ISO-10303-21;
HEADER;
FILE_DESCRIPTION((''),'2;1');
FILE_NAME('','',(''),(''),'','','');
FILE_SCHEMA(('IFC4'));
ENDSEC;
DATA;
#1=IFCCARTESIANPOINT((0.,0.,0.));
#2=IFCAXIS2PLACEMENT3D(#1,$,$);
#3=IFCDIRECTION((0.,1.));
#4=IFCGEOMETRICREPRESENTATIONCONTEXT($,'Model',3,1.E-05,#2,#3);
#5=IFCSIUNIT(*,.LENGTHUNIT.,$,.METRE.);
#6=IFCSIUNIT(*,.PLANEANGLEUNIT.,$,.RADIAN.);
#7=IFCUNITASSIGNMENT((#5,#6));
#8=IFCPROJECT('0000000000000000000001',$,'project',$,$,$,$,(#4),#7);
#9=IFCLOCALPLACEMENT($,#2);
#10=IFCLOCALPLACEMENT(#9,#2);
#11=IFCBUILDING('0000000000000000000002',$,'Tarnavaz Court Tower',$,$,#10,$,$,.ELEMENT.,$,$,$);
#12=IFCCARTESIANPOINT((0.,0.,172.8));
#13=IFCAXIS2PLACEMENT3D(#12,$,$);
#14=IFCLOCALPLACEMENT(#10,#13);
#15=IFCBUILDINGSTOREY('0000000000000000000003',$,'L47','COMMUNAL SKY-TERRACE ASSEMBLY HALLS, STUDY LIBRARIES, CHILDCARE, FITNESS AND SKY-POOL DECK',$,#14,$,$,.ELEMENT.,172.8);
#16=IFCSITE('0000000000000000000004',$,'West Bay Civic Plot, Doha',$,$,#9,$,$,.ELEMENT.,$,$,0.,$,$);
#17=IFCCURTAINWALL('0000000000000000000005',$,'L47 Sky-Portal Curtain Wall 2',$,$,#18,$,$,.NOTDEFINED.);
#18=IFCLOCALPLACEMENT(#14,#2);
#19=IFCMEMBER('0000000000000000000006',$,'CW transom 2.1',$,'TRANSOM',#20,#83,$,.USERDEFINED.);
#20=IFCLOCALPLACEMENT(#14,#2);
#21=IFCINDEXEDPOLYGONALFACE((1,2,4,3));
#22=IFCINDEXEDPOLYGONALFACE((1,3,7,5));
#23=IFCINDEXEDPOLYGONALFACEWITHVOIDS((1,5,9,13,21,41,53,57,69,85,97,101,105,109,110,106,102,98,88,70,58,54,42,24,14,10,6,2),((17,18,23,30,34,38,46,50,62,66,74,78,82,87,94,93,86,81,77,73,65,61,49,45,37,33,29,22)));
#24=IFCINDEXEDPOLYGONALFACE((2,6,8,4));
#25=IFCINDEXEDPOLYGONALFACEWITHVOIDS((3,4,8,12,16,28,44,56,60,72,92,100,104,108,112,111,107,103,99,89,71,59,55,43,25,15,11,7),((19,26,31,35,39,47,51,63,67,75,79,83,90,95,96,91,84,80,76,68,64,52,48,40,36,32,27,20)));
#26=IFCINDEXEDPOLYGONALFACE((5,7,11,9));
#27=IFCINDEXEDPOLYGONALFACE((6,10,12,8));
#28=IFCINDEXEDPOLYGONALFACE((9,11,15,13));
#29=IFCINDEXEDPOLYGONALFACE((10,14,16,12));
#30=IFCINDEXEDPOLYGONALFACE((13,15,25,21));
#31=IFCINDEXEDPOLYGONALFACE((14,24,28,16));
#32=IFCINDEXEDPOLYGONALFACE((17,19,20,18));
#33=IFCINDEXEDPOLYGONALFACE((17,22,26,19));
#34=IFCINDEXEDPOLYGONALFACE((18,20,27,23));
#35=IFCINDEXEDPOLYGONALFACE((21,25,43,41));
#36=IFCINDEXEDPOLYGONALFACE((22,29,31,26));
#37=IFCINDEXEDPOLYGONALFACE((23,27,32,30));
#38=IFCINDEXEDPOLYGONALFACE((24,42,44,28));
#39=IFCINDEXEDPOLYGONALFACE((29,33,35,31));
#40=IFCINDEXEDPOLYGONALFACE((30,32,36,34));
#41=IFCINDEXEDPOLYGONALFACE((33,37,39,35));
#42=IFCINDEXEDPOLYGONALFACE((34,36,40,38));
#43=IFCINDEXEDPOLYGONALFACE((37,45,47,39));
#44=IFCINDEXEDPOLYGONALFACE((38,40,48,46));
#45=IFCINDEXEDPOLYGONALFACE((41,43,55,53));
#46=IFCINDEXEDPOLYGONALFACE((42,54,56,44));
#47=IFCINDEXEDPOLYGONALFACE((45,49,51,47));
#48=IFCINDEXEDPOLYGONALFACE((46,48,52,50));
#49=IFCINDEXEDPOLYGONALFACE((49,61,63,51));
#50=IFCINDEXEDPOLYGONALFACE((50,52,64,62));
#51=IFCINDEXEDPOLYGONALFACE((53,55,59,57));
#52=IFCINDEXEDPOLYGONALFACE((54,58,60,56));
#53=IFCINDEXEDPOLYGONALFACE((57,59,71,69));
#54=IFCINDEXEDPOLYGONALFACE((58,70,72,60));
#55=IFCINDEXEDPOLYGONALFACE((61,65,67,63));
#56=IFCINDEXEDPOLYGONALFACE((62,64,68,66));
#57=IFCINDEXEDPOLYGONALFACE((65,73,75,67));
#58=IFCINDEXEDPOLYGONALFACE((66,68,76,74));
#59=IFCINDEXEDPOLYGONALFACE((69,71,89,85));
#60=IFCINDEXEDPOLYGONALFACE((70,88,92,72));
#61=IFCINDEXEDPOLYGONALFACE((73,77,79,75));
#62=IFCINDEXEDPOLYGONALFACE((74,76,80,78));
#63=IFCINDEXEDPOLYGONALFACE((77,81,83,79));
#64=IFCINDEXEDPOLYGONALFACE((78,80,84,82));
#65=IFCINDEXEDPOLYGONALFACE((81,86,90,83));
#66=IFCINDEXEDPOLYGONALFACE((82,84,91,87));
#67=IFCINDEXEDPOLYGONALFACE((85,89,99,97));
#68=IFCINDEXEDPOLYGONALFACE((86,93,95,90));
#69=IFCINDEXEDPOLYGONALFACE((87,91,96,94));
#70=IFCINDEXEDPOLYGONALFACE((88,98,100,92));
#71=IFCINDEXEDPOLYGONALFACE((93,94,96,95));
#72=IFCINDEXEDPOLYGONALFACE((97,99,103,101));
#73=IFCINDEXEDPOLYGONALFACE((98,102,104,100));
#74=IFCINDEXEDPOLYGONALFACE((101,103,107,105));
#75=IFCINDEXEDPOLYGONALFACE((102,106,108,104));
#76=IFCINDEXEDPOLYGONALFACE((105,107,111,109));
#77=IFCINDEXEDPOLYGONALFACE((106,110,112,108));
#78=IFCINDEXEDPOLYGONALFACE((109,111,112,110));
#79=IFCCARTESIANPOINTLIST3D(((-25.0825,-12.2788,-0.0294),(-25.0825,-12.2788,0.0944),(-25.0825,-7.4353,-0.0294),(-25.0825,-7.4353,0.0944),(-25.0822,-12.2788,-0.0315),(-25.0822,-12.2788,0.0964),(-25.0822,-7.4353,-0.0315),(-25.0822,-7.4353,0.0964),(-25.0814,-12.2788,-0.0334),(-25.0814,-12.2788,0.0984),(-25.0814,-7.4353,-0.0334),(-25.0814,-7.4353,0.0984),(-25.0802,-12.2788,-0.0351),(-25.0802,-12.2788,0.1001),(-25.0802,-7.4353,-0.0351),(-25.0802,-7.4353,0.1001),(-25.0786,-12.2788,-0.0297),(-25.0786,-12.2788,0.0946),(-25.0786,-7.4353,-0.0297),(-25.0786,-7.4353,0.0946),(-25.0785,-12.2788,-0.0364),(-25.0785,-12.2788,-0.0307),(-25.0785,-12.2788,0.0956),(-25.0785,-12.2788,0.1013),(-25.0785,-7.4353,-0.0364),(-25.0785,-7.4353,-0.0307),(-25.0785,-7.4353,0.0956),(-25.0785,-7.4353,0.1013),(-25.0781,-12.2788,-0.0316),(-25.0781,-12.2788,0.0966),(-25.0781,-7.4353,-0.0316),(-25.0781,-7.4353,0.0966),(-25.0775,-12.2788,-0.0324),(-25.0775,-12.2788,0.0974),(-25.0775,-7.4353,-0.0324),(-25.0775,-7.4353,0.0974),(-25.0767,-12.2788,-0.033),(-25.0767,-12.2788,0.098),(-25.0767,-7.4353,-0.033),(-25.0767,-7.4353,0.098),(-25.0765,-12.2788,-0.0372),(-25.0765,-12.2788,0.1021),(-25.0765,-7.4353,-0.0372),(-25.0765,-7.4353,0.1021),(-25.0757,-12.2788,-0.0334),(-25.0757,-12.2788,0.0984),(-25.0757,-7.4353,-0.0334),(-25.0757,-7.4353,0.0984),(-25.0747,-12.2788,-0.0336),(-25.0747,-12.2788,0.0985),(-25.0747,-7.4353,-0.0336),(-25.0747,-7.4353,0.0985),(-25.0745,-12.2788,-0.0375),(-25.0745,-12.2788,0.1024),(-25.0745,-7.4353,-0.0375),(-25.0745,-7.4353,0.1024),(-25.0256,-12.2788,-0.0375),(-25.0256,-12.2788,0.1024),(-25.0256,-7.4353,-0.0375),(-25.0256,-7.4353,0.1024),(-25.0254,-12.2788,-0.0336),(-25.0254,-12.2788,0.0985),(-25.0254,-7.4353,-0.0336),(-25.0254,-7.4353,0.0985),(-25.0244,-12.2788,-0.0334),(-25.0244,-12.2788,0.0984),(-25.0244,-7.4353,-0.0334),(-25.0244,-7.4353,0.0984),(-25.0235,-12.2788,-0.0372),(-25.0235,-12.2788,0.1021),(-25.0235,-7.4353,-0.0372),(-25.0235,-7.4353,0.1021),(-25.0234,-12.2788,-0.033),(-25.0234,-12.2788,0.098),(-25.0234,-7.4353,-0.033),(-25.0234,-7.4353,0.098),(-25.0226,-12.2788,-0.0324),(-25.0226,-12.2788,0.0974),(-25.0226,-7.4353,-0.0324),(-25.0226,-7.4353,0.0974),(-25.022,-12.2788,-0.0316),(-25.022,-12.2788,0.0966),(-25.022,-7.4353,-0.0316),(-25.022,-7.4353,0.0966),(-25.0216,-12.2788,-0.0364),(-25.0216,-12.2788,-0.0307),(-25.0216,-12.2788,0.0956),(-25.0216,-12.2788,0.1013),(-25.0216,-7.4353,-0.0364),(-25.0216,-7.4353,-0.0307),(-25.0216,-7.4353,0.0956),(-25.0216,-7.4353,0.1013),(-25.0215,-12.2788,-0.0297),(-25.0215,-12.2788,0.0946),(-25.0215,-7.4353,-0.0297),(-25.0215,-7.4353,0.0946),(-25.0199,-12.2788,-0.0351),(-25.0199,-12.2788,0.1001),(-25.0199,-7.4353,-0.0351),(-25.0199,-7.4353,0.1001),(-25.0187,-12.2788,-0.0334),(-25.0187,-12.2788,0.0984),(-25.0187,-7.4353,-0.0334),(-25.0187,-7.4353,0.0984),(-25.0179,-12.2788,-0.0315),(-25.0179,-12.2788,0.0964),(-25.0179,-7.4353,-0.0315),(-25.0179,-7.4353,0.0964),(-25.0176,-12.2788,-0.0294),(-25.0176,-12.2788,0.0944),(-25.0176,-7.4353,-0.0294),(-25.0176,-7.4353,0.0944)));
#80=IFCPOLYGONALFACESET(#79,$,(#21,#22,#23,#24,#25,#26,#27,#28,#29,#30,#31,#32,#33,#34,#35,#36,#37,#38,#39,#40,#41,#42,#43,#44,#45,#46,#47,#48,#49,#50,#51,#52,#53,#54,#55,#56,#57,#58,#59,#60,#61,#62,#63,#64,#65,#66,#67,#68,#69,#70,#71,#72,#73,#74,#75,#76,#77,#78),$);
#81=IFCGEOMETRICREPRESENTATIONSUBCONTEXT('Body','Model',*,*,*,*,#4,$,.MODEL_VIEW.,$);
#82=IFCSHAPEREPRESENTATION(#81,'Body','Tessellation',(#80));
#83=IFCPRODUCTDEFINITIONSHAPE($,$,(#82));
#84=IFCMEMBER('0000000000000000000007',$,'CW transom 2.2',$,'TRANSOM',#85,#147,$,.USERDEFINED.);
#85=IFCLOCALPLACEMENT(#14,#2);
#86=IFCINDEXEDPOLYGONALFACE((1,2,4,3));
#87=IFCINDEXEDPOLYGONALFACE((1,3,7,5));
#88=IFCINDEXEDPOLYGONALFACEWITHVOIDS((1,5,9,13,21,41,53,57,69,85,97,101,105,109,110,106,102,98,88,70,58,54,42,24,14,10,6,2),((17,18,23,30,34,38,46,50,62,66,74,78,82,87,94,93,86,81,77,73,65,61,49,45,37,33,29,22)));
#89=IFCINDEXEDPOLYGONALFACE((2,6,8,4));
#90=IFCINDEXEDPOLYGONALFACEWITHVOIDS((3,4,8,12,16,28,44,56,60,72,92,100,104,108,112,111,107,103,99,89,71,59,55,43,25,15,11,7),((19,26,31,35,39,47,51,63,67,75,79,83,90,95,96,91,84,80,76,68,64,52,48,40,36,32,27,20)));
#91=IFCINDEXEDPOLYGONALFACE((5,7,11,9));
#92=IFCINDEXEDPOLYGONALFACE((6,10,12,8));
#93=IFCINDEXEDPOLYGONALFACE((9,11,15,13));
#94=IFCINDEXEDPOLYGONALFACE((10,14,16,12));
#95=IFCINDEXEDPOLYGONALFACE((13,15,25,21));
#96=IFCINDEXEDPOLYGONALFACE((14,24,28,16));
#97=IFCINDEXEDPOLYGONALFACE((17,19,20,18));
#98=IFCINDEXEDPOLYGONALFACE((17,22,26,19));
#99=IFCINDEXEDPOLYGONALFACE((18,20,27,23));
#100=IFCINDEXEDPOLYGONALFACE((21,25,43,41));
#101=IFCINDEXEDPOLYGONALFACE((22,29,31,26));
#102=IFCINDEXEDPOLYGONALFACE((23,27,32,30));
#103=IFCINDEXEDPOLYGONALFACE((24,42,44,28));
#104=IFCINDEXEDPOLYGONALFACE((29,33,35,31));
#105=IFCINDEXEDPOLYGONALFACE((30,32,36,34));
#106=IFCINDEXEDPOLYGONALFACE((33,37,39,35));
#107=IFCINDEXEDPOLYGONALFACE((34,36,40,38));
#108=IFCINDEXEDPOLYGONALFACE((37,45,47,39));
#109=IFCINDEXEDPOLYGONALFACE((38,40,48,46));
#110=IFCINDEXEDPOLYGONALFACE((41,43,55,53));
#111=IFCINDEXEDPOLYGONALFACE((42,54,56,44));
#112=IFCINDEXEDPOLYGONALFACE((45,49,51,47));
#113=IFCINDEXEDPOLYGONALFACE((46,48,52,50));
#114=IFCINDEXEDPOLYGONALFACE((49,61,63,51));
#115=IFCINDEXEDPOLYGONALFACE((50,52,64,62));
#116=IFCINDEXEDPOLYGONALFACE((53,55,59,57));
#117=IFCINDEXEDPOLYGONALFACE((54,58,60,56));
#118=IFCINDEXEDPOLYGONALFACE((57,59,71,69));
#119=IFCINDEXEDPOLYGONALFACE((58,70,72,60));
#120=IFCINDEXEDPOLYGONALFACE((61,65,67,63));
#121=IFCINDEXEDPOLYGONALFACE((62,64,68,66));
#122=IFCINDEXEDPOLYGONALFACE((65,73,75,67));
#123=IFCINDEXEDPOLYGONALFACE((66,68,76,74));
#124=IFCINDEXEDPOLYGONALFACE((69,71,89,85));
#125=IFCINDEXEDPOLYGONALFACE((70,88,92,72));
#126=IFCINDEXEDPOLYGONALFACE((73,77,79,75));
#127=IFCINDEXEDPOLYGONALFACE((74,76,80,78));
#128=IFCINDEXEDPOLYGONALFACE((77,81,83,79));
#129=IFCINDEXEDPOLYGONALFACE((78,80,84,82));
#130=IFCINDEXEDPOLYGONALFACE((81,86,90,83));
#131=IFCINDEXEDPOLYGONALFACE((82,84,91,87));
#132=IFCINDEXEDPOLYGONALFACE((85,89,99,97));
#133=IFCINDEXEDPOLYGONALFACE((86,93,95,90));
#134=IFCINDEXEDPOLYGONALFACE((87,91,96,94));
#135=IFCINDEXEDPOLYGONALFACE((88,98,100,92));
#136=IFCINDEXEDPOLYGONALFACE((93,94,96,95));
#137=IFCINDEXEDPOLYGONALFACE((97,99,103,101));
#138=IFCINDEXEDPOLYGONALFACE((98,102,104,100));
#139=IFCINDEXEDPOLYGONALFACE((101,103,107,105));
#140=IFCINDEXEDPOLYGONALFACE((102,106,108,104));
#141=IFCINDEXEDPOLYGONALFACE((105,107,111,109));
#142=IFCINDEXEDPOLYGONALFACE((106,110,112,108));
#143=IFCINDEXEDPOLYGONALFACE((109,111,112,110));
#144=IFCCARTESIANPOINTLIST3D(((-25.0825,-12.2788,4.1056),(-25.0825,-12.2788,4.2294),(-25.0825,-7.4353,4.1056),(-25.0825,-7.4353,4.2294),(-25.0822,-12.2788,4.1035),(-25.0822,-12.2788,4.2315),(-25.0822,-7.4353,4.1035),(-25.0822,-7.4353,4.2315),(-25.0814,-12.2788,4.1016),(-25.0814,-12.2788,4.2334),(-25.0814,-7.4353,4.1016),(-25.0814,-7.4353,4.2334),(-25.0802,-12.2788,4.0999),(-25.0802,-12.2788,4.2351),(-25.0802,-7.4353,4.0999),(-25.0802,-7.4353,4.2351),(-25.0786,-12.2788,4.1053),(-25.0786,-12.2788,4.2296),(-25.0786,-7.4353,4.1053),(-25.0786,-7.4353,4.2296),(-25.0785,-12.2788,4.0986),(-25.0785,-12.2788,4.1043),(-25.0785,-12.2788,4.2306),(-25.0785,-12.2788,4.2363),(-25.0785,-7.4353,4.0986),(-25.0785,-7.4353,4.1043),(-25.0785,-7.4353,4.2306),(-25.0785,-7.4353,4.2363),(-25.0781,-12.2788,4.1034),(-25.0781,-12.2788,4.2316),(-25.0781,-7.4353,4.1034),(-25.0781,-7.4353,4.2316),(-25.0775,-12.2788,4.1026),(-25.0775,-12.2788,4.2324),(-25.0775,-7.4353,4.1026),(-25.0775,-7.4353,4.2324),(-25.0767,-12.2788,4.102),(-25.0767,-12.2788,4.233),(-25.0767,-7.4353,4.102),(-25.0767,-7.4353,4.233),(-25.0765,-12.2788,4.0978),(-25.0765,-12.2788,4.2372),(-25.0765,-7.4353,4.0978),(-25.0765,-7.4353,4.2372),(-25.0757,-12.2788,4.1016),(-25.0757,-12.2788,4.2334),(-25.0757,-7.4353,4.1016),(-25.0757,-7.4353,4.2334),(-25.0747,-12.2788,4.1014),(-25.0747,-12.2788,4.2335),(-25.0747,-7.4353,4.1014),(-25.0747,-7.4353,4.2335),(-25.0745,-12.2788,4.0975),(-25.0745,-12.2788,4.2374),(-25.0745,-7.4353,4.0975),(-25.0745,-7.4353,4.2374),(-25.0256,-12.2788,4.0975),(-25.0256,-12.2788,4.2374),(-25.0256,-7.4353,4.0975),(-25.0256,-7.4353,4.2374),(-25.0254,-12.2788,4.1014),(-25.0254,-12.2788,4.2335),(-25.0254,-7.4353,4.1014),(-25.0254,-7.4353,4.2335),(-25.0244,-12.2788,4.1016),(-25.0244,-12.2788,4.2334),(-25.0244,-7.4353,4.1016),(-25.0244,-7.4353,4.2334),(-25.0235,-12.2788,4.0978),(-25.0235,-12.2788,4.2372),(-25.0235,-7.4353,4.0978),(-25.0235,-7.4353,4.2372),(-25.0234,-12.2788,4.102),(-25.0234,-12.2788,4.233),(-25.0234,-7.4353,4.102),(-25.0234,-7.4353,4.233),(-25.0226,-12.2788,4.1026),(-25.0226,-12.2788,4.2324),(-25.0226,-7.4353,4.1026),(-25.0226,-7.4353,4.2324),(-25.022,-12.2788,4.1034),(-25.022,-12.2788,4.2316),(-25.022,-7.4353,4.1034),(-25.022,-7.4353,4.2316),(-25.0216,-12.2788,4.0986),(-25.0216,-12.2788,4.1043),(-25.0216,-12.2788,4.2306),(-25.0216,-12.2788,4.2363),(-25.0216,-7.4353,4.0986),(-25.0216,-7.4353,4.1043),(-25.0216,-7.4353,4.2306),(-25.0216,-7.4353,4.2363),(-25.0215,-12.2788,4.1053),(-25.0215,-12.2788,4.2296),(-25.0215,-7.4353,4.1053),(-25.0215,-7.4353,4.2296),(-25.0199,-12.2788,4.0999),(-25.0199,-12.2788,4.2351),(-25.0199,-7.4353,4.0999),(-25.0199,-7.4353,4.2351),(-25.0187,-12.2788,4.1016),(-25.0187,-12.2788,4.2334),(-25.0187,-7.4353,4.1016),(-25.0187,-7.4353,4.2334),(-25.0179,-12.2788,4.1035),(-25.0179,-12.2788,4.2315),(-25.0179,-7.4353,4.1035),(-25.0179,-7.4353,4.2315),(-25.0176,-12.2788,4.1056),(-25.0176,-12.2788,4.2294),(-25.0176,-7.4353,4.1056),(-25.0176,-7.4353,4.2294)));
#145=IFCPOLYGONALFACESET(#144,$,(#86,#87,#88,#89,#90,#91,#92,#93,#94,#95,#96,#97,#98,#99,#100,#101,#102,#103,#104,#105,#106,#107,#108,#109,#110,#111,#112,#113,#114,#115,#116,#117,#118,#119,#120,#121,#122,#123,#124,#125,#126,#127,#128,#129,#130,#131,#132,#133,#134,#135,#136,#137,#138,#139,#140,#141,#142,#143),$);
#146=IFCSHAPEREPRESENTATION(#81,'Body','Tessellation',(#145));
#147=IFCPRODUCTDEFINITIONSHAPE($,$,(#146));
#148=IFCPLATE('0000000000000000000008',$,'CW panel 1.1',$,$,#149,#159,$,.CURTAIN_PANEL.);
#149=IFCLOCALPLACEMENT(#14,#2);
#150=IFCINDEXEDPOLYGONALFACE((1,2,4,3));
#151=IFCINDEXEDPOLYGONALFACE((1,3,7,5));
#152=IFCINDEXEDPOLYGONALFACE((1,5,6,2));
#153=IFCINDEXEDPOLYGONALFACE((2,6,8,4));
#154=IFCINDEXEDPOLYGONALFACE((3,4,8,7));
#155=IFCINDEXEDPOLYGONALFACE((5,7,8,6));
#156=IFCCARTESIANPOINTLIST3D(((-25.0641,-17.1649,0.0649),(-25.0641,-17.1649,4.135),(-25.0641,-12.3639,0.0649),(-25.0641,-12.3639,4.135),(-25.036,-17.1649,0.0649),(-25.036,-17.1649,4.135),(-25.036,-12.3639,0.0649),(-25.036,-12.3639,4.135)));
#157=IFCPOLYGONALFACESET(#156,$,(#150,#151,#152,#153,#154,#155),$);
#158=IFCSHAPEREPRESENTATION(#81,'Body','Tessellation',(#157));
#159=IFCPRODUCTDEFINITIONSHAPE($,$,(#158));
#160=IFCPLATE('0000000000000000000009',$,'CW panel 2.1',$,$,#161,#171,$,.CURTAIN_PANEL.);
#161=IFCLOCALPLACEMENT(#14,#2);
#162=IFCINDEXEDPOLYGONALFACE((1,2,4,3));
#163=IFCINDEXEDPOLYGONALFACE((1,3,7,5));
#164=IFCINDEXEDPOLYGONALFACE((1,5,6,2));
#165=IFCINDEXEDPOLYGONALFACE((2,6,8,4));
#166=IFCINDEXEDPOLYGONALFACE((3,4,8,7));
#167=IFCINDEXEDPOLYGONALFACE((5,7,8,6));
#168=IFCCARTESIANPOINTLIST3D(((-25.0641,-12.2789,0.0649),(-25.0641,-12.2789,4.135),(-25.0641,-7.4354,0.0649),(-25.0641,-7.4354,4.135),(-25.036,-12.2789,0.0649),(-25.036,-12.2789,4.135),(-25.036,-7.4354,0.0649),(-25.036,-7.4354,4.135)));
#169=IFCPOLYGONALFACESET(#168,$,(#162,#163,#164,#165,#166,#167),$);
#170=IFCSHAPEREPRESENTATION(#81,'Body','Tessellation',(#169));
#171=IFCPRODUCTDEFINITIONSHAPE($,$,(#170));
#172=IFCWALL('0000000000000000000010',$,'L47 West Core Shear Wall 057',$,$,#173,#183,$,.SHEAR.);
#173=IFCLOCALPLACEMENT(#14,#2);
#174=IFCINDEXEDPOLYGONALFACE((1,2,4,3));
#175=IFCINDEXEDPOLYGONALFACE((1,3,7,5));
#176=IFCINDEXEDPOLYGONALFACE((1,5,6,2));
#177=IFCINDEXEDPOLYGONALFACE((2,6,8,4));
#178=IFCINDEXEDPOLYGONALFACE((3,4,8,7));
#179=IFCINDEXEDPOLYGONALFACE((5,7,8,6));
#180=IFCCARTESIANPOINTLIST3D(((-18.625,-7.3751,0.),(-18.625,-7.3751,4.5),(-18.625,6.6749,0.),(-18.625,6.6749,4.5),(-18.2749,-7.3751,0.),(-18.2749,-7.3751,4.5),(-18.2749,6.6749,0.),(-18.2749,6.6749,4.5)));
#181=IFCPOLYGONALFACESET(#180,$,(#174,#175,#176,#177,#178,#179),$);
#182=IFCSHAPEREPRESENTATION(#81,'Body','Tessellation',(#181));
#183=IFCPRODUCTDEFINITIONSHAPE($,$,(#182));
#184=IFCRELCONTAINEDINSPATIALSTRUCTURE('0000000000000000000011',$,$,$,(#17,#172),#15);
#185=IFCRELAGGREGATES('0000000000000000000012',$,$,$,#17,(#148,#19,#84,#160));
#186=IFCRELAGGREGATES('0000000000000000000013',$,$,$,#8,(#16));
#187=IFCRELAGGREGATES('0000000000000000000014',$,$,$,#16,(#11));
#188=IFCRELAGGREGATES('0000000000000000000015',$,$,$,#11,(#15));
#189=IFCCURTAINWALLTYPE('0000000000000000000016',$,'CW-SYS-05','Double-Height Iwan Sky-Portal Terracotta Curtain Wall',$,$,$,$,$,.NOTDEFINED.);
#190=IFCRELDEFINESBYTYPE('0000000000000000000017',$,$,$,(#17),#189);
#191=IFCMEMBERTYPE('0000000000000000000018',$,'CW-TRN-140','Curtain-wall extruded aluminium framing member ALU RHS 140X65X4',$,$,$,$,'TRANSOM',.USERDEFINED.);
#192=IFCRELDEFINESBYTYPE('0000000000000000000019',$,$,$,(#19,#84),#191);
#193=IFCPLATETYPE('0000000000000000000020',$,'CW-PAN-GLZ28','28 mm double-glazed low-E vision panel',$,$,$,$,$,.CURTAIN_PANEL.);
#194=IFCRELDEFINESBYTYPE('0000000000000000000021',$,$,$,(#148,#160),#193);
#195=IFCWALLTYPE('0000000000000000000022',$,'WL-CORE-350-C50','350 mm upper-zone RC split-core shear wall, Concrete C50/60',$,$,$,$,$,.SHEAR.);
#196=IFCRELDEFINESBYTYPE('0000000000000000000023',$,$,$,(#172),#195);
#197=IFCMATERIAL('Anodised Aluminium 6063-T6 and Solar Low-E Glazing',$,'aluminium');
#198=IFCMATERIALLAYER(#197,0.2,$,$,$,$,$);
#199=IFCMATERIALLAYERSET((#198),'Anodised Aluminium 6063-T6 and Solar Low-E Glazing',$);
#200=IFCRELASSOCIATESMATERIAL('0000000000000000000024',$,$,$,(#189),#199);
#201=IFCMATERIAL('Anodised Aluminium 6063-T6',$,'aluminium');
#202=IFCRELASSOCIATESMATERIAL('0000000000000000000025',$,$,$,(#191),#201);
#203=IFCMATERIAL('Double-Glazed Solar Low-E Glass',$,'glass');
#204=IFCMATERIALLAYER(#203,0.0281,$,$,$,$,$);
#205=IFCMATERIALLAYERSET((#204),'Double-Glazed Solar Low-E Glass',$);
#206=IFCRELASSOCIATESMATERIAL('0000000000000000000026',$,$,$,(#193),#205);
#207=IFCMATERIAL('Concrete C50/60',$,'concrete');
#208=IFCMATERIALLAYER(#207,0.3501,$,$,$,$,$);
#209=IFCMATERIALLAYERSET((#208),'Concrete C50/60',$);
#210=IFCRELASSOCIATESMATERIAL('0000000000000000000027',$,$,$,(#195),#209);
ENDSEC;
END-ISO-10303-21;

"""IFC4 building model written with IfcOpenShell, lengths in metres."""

from ifc_helpers import new_model, si_unit, direction, frame, frame_2d, origin, origin_2d, place, context, subcontext, project, spatial, rectangle, hollow_rectangle, extrude, material, layer, layer_set, material_profile, profile_set, type_object, element, aggregate, save


model = new_model("IFC4")

# Units and contexts
model_context = context("Model", 3, precision=1e-05, world=origin(), true_north=direction((0.0, 1.0)))
body_context = subcontext(model_context, "Body", "Model", "MODEL_VIEW")
ifc_project = project(units=[si_unit("LENGTHUNIT", "METRE"), si_unit("PLANEANGLEUNIT", "RADIAN")], contexts=[model_context])

# Site, building, storey
site_placement = place(None, origin())
site = spatial("IfcSite", under=ifc_project, at=site_placement, Name="West Bay Civic Plot, Doha", CompositionType="ELEMENT", RefElevation=0.0)
building_placement = place(site_placement, origin())
building = spatial("IfcBuilding", under=site, at=building_placement, Name="Tarnavaz Court Tower", CompositionType="ELEMENT")
storey_placement = place(building_placement, frame((0.0, 0.0, 172.8)))
storey = spatial("IfcBuildingStorey", under=building, at=storey_placement, Name="L47", Description="COMMUNAL SKY-TERRACE ASSEMBLY HALLS, STUDY LIBRARIES, CHILDCARE, FITNESS AND SKY-POOL DECK", CompositionType="ELEMENT", Elevation=172.8)

# Shared definitions
ifc_material_1 = material(Name="Concrete C50/60", Category="concrete")

# Curtain wall, members, plates
ifc_material_2 = material(Name="Anodised Aluminium 6063-T6 and Solar Low-E Glazing", Category="aluminium")
ifc_layer_1 = layer(ifc_material_2, 0.2)
ifc_layer_set_1 = layer_set([ifc_layer_1], Name="Anodised Aluminium 6063-T6 and Solar Low-E Glazing")
curtain_wall_type = type_object("IfcCurtainWallType", Name="CW-SYS-05", Description="Double-Height Iwan Sky-Portal Terracotta Curtain Wall", PredefinedType="NOTDEFINED", material=ifc_layer_set_1)
curtain_wall_placement = place(storey_placement, origin())
curtain_wall = element("IfcCurtainWall", 1, at=curtain_wall_placement, inside=storey, type_object=curtain_wall_type, Name="L47 Sky-Portal Curtain Wall 2", PredefinedType="NOTDEFINED")
ifc_material_3 = material(Name="Anodised Aluminium 6063-T6", Category="aluminium")
ifc_material_profile_1 = material_profile(ifc_material_3, hollow_rectangle(XDim=0.0649, YDim=0.1399, WallThickness=0.0039, InnerFilletRadius=0.0039, OuterFilletRadius=0.0081, at=origin_2d()), Name="ALU RHS 140X65X4")
ifc_profile_set_1 = profile_set([ifc_material_profile_1], Name="Anodised Aluminium 6063-T6")
member_type_1 = type_object("IfcMemberType", Name="CW-TRN-140", Description="Curtain-wall extruded aluminium framing member ALU RHS 140X65X4", ElementType="TRANSOM", PredefinedType="USERDEFINED", material=ifc_profile_set_1)
member_1_placement = place(storey_placement, frame((-25.05, -12.2788, 0.0325), z_axis=(0.0, 1.0, 0.0), x_axis=(-1.0, 0.0, 0.0)))
member_1 = element("IfcMember", 2, at=member_1_placement, type_object=member_type_1, Name="CW transom 2.1", ObjectType="TRANSOM", PredefinedType="USERDEFINED", context=body_context, shape_type="SweptSolid", body=[
    extrude(hollow_rectangle(XDim=0.0649, YDim=0.1399, WallThickness=0.0039, InnerFilletRadius=0.0039, OuterFilletRadius=0.0081, at=origin_2d()), origin(), (0.0, 0.0, 1.0), 4.8435),
])
member_2_placement = place(storey_placement, frame((-25.05, -12.2788, 4.1675), z_axis=(0.0, 1.0, 0.0), x_axis=(-1.0, 0.0, 0.0)))
member_2 = element("IfcMember", 3, at=member_2_placement, type_object=member_type_1, Name="CW transom 2.2", ObjectType="TRANSOM", PredefinedType="USERDEFINED", context=body_context, shape_type="SweptSolid", body=[
    extrude(hollow_rectangle(XDim=0.0649, YDim=0.1399, WallThickness=0.0039, InnerFilletRadius=0.0039, OuterFilletRadius=0.0081, at=origin_2d()), origin(), (0.0, 0.0, 1.0), 4.8435),
])
ifc_material_4 = material(Name="Double-Glazed Solar Low-E Glass", Category="glass")
ifc_layer_2 = layer(ifc_material_4, 0.0281)
ifc_layer_set_2 = layer_set([ifc_layer_2], Name="Double-Glazed Solar Low-E Glass")
plate_type = type_object("IfcPlateType", Name="CW-PAN-GLZ28", Description="28 mm double-glazed low-E vision panel", PredefinedType="CURTAIN_PANEL", material=ifc_layer_set_2)
plate_1_placement = place(storey_placement, frame((-25.05, -14.7644, 0.0649), z_axis=(0.0, 0.0, 1.0), x_axis=(0.0, 1.0, 0.0)))
plate_1 = element("IfcPlate", 4, at=plate_1_placement, type_object=plate_type, Name="CW panel 1.1", PredefinedType="CURTAIN_PANEL", context=body_context, shape_type="SweptSolid", body=[
    extrude(rectangle(XDim=4.801, YDim=0.0281, at=origin_2d()), origin(), (0.0, 0.0, 1.0), 4.0701),
])
plate_2_placement = place(storey_placement, frame((-25.05, -9.8572, 0.0649), z_axis=(0.0, 0.0, 1.0), x_axis=(0.0, 1.0, 0.0)))
plate_2 = element("IfcPlate", 5, at=plate_2_placement, type_object=plate_type, Name="CW panel 2.1", PredefinedType="CURTAIN_PANEL", context=body_context, shape_type="SweptSolid", body=[
    extrude(rectangle(XDim=4.8435, YDim=0.0281, at=origin_2d()), origin(), (0.0, 0.0, 1.0), 4.0701),
])
aggregate(curtain_wall, [plate_1, member_1, member_2, plate_2])

# Wall
ifc_layer_3 = layer(ifc_material_1, 0.3501)
ifc_layer_set_3 = layer_set([ifc_layer_3], Name="Concrete C50/60")
wall_type_1 = type_object("IfcWallType", Name="WL-CORE-350-C50", Description="350 mm upper-zone RC split-core shear wall, Concrete C50/60", PredefinedType="SHEAR", material=ifc_layer_set_3)
wall_1_placement = place(storey_placement, frame((-18.45, -7.375, 0.0), z_axis=(0.0, 0.0, 1.0), x_axis=(0.0, 1.0, 0.0)))
element("IfcWall", 6, at=wall_1_placement, inside=storey, type_object=wall_type_1, Name="L47 West Core Shear Wall 057", PredefinedType="SHEAR", context=body_context, shape_type="SweptSolid", body=[
    extrude(rectangle(XDim=14.05, YDim=0.3501, at=frame_2d((7.0249, 0.0))), origin(), (0.0, 0.0, 1.0), 4.5),
])

save(model, "model.ifc")
